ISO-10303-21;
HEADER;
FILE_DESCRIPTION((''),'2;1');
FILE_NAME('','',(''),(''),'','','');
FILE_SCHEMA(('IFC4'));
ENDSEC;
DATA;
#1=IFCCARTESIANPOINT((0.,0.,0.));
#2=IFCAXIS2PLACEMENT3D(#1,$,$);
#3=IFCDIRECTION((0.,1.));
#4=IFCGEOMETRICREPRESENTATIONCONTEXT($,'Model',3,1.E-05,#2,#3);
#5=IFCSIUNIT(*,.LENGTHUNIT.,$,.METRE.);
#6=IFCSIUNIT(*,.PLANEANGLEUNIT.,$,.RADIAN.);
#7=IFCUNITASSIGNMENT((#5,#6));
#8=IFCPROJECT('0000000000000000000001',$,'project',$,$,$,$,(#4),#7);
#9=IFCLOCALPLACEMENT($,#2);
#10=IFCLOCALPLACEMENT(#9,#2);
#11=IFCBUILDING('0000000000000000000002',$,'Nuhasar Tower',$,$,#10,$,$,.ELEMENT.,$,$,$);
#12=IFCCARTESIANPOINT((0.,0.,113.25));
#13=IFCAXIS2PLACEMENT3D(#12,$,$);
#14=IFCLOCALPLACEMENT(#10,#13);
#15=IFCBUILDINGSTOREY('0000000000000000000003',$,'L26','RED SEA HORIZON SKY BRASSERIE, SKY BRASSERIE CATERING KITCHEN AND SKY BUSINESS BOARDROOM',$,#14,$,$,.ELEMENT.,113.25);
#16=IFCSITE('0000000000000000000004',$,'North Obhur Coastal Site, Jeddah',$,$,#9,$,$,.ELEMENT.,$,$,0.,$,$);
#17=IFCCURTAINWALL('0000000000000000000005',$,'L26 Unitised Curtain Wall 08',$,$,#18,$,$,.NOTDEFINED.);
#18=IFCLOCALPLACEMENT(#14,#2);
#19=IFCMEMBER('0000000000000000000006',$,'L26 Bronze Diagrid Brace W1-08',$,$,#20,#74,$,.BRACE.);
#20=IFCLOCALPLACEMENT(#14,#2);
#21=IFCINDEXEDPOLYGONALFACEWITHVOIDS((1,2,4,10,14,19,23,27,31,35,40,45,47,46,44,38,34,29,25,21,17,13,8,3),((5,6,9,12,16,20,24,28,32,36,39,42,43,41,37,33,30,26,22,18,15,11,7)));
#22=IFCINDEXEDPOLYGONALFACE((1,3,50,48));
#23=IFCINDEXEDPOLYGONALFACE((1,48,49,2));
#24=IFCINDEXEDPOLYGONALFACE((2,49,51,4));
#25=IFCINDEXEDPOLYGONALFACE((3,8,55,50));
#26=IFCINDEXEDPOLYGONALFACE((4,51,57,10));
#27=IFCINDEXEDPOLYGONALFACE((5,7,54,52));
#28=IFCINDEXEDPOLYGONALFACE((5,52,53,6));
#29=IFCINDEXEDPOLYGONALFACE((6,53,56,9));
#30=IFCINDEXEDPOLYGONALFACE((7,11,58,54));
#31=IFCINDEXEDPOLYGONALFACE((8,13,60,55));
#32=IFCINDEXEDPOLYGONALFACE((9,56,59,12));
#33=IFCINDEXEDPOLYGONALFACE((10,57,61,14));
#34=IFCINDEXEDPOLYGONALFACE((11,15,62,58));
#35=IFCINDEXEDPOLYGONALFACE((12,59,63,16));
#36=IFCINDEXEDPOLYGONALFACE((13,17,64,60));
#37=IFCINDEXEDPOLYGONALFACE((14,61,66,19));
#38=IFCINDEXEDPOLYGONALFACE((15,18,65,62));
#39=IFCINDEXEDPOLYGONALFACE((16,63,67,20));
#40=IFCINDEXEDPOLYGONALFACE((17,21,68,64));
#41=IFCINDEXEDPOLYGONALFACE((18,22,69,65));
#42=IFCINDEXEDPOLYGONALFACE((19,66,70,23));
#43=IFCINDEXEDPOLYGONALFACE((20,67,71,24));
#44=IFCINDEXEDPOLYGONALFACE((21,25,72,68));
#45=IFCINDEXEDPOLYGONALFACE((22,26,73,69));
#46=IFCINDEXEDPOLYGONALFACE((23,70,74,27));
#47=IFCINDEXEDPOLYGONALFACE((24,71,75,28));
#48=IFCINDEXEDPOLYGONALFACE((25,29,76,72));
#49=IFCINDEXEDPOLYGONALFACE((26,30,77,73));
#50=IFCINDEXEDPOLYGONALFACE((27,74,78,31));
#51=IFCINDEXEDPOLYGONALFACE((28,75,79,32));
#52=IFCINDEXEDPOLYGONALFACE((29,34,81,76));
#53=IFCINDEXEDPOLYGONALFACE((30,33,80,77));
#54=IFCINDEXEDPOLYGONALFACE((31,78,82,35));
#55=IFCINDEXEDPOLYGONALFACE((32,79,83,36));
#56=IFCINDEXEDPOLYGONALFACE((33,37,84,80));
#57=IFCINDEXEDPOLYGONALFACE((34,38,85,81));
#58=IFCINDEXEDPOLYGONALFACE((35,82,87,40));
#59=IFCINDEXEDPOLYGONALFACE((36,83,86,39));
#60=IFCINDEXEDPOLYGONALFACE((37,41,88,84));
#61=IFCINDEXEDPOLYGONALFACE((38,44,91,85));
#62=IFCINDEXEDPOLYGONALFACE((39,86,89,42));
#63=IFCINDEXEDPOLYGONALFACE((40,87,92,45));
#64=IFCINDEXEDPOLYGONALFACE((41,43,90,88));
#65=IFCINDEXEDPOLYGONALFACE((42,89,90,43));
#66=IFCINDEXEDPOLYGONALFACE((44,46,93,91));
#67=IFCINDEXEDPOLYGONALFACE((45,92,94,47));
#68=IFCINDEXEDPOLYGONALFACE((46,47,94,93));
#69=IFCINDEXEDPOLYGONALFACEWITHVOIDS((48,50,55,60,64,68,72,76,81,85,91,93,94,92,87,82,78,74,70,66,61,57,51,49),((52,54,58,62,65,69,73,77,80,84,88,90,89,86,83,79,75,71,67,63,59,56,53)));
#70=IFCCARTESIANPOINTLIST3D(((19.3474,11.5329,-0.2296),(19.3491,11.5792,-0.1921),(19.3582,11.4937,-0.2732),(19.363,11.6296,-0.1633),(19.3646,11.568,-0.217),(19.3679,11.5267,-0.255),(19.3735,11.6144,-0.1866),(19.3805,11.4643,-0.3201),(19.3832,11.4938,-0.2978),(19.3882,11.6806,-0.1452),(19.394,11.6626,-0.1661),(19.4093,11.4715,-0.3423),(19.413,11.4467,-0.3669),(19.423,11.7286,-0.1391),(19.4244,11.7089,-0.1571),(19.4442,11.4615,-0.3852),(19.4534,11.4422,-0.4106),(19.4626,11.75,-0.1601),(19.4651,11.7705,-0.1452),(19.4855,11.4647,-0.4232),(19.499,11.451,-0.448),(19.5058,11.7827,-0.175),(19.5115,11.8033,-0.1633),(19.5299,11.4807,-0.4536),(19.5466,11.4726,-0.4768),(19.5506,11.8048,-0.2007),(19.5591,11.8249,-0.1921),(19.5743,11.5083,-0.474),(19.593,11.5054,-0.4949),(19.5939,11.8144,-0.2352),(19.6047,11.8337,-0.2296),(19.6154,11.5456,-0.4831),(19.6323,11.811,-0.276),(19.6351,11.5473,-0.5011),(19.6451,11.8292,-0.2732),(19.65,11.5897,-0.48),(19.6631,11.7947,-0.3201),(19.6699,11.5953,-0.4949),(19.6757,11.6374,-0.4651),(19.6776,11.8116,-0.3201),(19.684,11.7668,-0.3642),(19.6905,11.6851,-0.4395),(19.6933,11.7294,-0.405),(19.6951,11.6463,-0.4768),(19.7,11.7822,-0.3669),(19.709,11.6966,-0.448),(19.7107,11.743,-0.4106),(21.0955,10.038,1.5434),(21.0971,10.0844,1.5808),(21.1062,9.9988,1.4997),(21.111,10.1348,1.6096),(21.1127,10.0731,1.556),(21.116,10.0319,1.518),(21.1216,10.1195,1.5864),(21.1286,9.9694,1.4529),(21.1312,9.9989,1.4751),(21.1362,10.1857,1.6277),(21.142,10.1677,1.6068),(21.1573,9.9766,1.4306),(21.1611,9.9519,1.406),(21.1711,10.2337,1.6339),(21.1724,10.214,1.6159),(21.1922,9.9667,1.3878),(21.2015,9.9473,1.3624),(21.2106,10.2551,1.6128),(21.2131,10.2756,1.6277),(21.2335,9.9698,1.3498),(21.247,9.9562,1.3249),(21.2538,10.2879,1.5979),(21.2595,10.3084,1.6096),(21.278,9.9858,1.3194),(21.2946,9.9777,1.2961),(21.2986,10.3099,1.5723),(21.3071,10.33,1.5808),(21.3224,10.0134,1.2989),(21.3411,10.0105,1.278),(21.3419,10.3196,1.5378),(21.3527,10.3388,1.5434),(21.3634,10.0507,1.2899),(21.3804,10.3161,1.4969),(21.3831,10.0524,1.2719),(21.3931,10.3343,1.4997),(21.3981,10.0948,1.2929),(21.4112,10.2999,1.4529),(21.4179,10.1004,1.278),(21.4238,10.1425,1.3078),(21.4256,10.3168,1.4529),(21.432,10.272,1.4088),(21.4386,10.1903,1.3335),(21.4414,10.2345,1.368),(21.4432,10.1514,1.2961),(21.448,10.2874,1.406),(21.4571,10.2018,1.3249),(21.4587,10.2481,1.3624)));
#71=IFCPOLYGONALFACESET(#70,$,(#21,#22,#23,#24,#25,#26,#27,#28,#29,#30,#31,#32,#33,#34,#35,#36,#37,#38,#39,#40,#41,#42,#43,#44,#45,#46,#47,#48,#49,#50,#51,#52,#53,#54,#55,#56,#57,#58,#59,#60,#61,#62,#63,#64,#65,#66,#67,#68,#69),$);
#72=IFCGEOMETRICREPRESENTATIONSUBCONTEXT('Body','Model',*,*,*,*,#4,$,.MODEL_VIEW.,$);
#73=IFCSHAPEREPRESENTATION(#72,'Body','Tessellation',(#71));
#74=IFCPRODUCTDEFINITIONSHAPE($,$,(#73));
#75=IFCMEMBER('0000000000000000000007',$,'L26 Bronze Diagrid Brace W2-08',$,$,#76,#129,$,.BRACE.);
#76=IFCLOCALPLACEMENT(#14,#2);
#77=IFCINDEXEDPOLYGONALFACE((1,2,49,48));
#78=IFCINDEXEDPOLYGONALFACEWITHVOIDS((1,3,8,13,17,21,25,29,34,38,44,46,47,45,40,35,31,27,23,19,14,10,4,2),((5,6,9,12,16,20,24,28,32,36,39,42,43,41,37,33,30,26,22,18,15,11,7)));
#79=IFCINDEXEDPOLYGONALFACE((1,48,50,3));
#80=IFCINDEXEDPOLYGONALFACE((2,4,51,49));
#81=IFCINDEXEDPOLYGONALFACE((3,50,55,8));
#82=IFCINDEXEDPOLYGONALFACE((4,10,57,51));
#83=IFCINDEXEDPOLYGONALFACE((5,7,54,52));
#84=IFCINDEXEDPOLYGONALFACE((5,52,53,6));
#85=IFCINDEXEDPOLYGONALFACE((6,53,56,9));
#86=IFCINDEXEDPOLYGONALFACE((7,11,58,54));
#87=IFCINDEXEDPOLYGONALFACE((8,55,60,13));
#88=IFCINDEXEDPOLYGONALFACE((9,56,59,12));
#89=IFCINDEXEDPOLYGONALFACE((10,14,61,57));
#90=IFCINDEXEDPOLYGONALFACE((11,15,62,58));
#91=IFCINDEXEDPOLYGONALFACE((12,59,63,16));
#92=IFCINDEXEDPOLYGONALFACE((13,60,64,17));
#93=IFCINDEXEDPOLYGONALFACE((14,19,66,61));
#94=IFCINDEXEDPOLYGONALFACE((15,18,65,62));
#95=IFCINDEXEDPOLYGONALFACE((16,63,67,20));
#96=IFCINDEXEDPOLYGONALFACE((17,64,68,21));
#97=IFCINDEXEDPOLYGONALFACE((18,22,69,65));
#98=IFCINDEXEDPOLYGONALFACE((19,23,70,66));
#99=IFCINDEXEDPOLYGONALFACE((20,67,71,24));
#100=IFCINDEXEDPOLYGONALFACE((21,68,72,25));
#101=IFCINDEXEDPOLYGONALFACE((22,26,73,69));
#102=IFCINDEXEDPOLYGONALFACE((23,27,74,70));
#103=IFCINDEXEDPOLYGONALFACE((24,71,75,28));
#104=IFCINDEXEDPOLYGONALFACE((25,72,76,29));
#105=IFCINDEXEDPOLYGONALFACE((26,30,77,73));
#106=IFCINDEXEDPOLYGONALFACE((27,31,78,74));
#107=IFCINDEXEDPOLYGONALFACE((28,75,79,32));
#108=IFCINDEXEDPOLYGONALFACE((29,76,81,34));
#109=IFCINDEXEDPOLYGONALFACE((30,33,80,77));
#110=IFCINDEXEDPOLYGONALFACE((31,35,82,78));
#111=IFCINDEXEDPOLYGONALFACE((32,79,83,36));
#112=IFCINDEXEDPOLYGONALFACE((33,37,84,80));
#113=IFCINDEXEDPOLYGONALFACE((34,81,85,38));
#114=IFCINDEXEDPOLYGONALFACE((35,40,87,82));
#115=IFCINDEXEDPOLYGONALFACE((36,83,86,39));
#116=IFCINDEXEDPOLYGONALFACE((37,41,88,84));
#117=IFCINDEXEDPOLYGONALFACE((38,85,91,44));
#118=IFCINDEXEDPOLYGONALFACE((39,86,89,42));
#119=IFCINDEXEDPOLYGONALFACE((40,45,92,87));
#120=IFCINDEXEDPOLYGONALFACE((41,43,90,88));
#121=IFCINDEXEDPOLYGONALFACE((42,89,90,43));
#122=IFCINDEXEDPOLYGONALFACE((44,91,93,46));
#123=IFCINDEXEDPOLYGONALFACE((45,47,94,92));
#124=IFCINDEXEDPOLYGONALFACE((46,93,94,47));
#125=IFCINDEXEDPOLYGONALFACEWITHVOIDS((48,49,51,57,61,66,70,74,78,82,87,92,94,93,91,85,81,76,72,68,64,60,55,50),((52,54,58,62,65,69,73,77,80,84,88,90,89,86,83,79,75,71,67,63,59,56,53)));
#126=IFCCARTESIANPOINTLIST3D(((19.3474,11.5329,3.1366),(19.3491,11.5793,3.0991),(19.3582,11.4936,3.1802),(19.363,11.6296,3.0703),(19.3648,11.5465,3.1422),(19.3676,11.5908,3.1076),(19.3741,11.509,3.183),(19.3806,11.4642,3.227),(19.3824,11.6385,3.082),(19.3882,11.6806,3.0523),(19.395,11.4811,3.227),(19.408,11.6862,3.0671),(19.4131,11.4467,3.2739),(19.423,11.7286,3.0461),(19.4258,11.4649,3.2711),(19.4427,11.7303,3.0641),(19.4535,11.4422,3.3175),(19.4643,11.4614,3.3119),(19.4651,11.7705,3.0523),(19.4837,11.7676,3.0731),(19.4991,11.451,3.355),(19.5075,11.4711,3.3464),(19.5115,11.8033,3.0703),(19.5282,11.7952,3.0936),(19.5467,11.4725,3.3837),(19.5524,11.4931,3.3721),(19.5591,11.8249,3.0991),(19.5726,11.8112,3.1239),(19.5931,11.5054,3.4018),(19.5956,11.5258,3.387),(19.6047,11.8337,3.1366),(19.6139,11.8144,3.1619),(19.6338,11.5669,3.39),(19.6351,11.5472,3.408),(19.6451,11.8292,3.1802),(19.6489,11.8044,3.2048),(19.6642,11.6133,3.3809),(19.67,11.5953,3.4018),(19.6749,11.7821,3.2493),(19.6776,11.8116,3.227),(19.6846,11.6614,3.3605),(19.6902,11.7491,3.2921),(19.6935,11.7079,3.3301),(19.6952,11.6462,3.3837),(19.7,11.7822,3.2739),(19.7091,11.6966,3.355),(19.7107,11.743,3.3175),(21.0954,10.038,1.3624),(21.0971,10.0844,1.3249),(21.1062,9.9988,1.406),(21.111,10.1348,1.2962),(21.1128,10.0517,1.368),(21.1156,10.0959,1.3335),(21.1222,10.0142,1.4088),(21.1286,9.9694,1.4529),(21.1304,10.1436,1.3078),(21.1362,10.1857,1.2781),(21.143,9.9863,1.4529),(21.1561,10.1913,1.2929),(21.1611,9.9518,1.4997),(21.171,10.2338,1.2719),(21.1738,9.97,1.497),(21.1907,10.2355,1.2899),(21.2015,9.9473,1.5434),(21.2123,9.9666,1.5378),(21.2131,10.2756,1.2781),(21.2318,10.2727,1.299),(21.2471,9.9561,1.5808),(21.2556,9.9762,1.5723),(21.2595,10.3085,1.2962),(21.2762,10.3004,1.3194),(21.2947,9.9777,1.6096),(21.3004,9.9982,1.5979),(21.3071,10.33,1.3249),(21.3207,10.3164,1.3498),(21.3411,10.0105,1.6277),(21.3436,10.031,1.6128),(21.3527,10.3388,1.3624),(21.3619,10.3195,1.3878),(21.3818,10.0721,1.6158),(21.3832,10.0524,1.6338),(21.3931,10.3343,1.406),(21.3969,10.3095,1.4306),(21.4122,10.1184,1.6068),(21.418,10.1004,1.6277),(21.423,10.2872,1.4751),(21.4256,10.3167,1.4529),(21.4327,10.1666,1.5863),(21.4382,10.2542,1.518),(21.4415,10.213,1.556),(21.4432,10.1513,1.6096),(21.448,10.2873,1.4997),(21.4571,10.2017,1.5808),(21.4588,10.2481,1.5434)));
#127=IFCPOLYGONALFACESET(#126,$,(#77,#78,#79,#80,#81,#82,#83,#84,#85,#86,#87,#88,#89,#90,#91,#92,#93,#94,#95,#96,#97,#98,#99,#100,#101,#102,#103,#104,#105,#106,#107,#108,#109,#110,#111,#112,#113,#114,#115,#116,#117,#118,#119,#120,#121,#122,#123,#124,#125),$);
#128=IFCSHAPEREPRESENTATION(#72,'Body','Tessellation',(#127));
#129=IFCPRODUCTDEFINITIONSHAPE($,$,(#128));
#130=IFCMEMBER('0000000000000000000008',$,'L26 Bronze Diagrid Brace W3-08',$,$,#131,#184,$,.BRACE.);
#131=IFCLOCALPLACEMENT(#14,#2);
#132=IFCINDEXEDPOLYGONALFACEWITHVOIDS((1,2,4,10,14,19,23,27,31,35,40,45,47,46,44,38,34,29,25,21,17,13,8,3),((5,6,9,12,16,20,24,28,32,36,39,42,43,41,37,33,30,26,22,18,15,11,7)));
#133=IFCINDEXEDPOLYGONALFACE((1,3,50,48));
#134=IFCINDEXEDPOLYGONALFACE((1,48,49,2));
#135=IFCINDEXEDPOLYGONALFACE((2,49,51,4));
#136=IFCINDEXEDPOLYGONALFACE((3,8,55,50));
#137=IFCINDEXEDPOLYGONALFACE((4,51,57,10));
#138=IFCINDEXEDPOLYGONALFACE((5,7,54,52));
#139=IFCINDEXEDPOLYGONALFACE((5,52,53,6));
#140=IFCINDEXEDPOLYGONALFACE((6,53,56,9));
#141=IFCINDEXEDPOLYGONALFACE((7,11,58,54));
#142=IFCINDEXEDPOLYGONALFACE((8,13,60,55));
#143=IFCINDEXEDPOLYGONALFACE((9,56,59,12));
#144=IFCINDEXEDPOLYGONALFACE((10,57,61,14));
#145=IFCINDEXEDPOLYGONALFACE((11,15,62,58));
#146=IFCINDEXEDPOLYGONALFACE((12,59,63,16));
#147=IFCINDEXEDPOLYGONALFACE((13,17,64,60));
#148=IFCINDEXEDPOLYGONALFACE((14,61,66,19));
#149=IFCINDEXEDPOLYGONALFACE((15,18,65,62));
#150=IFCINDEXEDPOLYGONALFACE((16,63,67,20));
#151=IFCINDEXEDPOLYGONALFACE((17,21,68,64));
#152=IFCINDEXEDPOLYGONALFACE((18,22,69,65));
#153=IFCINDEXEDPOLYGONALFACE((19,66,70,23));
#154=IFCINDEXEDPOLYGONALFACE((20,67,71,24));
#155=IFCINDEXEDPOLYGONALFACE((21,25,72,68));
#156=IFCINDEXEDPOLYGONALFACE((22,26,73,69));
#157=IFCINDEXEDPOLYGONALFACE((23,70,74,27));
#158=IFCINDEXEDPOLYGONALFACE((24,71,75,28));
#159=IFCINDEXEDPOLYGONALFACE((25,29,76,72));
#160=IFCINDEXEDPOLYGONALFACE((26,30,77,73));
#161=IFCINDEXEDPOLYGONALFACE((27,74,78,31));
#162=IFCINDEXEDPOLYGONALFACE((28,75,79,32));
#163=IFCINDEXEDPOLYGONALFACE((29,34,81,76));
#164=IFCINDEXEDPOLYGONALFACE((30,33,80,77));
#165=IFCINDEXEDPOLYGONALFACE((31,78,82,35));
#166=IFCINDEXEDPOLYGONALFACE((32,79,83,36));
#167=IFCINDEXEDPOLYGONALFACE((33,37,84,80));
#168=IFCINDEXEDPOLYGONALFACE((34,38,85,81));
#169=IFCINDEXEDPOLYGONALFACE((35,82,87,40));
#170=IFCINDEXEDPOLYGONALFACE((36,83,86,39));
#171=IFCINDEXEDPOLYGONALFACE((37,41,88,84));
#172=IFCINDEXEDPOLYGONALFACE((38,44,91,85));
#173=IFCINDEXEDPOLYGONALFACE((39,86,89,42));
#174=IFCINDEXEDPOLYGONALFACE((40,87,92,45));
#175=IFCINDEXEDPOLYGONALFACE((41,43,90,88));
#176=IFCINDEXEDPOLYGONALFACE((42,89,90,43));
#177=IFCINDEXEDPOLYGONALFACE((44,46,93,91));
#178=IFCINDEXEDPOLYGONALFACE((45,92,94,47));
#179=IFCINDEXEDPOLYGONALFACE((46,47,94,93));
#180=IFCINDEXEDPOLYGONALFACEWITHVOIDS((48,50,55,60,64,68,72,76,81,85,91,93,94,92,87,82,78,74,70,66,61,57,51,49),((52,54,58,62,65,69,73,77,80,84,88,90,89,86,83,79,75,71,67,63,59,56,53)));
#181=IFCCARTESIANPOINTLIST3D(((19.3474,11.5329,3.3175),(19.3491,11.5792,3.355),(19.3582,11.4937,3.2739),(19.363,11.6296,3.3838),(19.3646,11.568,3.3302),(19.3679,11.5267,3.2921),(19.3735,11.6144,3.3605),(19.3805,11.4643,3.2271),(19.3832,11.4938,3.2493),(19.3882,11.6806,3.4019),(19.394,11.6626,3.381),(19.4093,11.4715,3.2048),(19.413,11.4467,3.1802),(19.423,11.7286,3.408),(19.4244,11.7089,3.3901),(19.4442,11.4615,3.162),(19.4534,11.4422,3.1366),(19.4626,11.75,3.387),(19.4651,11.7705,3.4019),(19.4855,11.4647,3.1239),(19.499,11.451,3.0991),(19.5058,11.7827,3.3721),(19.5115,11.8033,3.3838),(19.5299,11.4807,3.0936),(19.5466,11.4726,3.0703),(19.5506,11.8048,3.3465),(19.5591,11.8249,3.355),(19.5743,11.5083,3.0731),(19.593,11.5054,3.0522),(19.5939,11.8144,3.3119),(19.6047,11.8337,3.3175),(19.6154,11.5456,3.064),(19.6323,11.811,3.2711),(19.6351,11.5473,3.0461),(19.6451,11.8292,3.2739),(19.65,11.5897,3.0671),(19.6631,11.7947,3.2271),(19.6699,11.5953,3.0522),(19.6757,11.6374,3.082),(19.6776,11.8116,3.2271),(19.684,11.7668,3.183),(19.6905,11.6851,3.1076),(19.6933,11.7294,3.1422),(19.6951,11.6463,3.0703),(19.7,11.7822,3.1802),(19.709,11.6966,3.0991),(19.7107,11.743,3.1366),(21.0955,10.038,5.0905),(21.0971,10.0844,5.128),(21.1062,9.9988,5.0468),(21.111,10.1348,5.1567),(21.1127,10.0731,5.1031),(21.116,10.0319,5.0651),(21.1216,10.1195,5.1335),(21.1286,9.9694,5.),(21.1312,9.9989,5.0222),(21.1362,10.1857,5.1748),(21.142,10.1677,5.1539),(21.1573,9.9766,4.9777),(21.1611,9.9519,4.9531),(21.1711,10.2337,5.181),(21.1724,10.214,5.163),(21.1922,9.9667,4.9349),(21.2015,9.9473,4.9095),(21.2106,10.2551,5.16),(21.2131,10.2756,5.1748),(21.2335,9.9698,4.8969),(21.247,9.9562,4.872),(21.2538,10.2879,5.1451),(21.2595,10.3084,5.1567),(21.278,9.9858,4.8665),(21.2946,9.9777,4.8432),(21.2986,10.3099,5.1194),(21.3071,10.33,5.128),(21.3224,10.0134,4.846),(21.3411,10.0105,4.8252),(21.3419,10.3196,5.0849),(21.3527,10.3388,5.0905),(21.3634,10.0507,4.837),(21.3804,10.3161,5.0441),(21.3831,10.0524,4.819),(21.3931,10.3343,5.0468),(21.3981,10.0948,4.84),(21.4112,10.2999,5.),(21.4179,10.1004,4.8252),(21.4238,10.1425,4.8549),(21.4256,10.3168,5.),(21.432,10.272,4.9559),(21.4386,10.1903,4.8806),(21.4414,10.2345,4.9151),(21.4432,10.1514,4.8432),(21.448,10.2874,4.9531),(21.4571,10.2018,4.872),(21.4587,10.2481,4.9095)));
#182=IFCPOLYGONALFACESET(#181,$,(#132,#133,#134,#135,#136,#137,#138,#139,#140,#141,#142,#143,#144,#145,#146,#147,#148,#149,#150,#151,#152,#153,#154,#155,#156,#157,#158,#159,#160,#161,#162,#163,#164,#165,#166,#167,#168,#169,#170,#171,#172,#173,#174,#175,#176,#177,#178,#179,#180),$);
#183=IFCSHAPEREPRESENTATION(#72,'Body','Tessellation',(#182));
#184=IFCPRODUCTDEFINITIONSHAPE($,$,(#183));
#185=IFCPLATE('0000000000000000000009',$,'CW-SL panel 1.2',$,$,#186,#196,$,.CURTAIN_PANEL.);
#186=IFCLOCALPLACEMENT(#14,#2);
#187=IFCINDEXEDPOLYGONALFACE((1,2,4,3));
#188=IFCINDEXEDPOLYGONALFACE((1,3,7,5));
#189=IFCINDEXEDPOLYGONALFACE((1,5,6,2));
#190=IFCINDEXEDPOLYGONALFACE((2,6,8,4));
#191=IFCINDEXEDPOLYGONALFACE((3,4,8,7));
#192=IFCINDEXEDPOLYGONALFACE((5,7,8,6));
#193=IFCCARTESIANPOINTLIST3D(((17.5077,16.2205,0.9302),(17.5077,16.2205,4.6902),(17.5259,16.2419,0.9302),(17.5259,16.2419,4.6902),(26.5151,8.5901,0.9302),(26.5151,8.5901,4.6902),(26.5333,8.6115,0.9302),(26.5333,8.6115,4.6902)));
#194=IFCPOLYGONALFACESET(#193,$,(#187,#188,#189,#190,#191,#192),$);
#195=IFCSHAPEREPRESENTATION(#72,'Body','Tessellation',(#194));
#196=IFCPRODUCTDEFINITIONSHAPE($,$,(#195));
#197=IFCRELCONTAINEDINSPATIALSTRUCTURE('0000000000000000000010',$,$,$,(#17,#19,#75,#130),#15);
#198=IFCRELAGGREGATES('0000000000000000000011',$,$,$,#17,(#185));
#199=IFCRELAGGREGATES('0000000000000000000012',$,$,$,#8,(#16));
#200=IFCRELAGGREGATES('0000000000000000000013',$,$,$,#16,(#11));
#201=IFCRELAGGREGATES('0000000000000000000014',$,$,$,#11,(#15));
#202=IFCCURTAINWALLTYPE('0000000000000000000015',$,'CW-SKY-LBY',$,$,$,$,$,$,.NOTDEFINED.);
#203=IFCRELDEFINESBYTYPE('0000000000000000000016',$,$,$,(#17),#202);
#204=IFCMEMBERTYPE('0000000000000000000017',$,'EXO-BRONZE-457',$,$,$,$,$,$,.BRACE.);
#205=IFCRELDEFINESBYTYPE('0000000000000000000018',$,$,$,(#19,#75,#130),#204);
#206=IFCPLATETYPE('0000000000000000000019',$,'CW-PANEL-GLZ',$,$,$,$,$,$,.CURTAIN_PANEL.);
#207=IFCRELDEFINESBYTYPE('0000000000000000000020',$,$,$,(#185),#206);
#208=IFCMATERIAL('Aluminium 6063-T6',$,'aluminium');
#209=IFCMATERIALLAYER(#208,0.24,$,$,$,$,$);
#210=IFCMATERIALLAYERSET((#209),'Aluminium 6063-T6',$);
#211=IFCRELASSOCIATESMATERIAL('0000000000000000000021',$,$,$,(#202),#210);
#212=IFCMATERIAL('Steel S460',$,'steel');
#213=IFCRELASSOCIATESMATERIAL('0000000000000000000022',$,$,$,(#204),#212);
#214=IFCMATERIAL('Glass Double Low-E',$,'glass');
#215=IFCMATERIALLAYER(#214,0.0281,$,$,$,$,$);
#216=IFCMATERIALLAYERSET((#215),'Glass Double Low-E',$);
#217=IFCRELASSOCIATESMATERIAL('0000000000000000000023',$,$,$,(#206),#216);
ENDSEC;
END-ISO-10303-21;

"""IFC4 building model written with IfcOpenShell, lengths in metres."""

from ifc_helpers import new_model, si_unit, direction, frame, origin, origin_2d, place, context, subcontext, project, spatial, rectangle, hollow_circle, extrude, material, layer, layer_set, material_profile, profile_set, type_object, element, aggregate, save


model = new_model("IFC4")

# Units and contexts
model_context = context("Model", 3, precision=1e-05, world=origin(), true_north=direction((0.0, 1.0)))
body_context = subcontext(model_context, "Body", "Model", "MODEL_VIEW")
ifc_project = project(units=[si_unit("LENGTHUNIT", "METRE"), si_unit("PLANEANGLEUNIT", "RADIAN")], contexts=[model_context])

# Site, building, storey
site_placement = place(None, origin())
site = spatial("IfcSite", under=ifc_project, at=site_placement, Name="North Obhur Coastal Site, Jeddah", CompositionType="ELEMENT", RefElevation=0.0)
building_placement = place(site_placement, origin())
building = spatial("IfcBuilding", under=site, at=building_placement, Name="Nuhasar Tower", CompositionType="ELEMENT")
storey_placement = place(building_placement, frame((0.0, 0.0, 113.25)))
storey = spatial("IfcBuildingStorey", under=building, at=storey_placement, Name="L26", Description="RED SEA HORIZON SKY BRASSERIE, SKY BRASSERIE CATERING KITCHEN AND SKY BUSINESS BOARDROOM", CompositionType="ELEMENT", Elevation=113.25)

# Shared definitions
ifc_material_1 = material(Name="Steel S460", Category="steel")

# Curtain wall
ifc_material_2 = material(Name="Aluminium 6063-T6", Category="aluminium")
ifc_layer_1 = layer(ifc_material_2, 0.24)
ifc_layer_set_1 = layer_set([ifc_layer_1], Name="Aluminium 6063-T6")
curtain_wall_type = type_object("IfcCurtainWallType", Name="CW-SKY-LBY", PredefinedType="NOTDEFINED", material=ifc_layer_set_1)
curtain_wall_1_placement = place(storey_placement, origin())
curtain_wall_1 = element("IfcCurtainWall", 1, at=curtain_wall_1_placement, inside=storey, type_object=curtain_wall_type, Name="L26 Unitised Curtain Wall 08", PredefinedType="NOTDEFINED")

# Members
ifc_material_profile_1 = material_profile(ifc_material_1, hollow_circle(Radius=0.2285, WallThickness=0.0222, at=origin_2d()), Name="HSS457X22.2")
ifc_profile_set_1 = profile_set([ifc_material_profile_1], Name="Steel S460")
member_type_1 = type_object("IfcMemberType", Name="EXO-BRONZE-457", PredefinedType="BRACE", material=ifc_profile_set_1)
member_1_placement = place(storey_placement, frame((19.5291, 11.6379, -0.3201), z_axis=(0.601929, -0.51475, 0.610504), x_axis=(0.649926, 0.759998, 0.0)))
element("IfcMember", 2, at=member_1_placement, inside=storey, type_object=member_type_1, Name="L26 Bronze Diagrid Brace W1-08", PredefinedType="BRACE", context=body_context, shape_type="SweptSolid", body=[
    extrude(hollow_circle(Radius=0.2285, WallThickness=0.0222, at=origin_2d()), origin(), (0.0, 0.0, 1.0), 2.9041),
])
member_2_placement = place(storey_placement, frame((21.2771, 10.1431, 1.4529), z_axis=(-0.601774, 0.514618, 0.610767), x_axis=(-0.649926, -0.759998, 0.0)))
element("IfcMember", 3, at=member_2_placement, inside=storey, type_object=member_type_1, Name="L26 Bronze Diagrid Brace W2-08", PredefinedType="BRACE", context=body_context, shape_type="SweptSolid", body=[
    extrude(hollow_circle(Radius=0.2285, WallThickness=0.0222, at=origin_2d()), origin(), (0.0, 0.0, 1.0), 2.9048),
])
member_3_placement = place(storey_placement, frame((19.5291, 11.6379, 3.2271), z_axis=(0.601929, -0.51475, 0.610504), x_axis=(0.649926, 0.759998, 0.0)))
element("IfcMember", 4, at=member_3_placement, inside=storey, type_object=member_type_1, Name="L26 Bronze Diagrid Brace W3-08", PredefinedType="BRACE", context=body_context, shape_type="SweptSolid", body=[
    extrude(hollow_circle(Radius=0.2285, WallThickness=0.0222, at=origin_2d()), origin(), (0.0, 0.0, 1.0), 2.9041),
])

# Plate
ifc_material_3 = material(Name="Glass Double Low-E", Category="glass")
ifc_layer_2 = layer(ifc_material_3, 0.0281)
ifc_layer_set_2 = layer_set([ifc_layer_2], Name="Glass Double Low-E")
plate_type_1 = type_object("IfcPlateType", Name="CW-PANEL-GLZ", PredefinedType="CURTAIN_PANEL", material=ifc_layer_set_2)
plate_1_placement = place(storey_placement, frame((22.0205, 12.416, 0.9302), z_axis=(0.0, 0.0, 1.0), x_axis=(0.76302, -0.646374, 0.0)))
plate_1 = element("IfcPlate", 5, at=plate_1_placement, type_object=plate_type_1, Name="CW-SL panel 1.2", PredefinedType="CURTAIN_PANEL", context=body_context, shape_type="SweptSolid", body=[
    extrude(rectangle(XDim=11.8049, YDim=0.0281, at=origin_2d()), origin(), (0.0, 0.0, 1.0), 3.76),
])
aggregate(curtain_wall_1, [plate_1])

save(model, "model.ifc")
